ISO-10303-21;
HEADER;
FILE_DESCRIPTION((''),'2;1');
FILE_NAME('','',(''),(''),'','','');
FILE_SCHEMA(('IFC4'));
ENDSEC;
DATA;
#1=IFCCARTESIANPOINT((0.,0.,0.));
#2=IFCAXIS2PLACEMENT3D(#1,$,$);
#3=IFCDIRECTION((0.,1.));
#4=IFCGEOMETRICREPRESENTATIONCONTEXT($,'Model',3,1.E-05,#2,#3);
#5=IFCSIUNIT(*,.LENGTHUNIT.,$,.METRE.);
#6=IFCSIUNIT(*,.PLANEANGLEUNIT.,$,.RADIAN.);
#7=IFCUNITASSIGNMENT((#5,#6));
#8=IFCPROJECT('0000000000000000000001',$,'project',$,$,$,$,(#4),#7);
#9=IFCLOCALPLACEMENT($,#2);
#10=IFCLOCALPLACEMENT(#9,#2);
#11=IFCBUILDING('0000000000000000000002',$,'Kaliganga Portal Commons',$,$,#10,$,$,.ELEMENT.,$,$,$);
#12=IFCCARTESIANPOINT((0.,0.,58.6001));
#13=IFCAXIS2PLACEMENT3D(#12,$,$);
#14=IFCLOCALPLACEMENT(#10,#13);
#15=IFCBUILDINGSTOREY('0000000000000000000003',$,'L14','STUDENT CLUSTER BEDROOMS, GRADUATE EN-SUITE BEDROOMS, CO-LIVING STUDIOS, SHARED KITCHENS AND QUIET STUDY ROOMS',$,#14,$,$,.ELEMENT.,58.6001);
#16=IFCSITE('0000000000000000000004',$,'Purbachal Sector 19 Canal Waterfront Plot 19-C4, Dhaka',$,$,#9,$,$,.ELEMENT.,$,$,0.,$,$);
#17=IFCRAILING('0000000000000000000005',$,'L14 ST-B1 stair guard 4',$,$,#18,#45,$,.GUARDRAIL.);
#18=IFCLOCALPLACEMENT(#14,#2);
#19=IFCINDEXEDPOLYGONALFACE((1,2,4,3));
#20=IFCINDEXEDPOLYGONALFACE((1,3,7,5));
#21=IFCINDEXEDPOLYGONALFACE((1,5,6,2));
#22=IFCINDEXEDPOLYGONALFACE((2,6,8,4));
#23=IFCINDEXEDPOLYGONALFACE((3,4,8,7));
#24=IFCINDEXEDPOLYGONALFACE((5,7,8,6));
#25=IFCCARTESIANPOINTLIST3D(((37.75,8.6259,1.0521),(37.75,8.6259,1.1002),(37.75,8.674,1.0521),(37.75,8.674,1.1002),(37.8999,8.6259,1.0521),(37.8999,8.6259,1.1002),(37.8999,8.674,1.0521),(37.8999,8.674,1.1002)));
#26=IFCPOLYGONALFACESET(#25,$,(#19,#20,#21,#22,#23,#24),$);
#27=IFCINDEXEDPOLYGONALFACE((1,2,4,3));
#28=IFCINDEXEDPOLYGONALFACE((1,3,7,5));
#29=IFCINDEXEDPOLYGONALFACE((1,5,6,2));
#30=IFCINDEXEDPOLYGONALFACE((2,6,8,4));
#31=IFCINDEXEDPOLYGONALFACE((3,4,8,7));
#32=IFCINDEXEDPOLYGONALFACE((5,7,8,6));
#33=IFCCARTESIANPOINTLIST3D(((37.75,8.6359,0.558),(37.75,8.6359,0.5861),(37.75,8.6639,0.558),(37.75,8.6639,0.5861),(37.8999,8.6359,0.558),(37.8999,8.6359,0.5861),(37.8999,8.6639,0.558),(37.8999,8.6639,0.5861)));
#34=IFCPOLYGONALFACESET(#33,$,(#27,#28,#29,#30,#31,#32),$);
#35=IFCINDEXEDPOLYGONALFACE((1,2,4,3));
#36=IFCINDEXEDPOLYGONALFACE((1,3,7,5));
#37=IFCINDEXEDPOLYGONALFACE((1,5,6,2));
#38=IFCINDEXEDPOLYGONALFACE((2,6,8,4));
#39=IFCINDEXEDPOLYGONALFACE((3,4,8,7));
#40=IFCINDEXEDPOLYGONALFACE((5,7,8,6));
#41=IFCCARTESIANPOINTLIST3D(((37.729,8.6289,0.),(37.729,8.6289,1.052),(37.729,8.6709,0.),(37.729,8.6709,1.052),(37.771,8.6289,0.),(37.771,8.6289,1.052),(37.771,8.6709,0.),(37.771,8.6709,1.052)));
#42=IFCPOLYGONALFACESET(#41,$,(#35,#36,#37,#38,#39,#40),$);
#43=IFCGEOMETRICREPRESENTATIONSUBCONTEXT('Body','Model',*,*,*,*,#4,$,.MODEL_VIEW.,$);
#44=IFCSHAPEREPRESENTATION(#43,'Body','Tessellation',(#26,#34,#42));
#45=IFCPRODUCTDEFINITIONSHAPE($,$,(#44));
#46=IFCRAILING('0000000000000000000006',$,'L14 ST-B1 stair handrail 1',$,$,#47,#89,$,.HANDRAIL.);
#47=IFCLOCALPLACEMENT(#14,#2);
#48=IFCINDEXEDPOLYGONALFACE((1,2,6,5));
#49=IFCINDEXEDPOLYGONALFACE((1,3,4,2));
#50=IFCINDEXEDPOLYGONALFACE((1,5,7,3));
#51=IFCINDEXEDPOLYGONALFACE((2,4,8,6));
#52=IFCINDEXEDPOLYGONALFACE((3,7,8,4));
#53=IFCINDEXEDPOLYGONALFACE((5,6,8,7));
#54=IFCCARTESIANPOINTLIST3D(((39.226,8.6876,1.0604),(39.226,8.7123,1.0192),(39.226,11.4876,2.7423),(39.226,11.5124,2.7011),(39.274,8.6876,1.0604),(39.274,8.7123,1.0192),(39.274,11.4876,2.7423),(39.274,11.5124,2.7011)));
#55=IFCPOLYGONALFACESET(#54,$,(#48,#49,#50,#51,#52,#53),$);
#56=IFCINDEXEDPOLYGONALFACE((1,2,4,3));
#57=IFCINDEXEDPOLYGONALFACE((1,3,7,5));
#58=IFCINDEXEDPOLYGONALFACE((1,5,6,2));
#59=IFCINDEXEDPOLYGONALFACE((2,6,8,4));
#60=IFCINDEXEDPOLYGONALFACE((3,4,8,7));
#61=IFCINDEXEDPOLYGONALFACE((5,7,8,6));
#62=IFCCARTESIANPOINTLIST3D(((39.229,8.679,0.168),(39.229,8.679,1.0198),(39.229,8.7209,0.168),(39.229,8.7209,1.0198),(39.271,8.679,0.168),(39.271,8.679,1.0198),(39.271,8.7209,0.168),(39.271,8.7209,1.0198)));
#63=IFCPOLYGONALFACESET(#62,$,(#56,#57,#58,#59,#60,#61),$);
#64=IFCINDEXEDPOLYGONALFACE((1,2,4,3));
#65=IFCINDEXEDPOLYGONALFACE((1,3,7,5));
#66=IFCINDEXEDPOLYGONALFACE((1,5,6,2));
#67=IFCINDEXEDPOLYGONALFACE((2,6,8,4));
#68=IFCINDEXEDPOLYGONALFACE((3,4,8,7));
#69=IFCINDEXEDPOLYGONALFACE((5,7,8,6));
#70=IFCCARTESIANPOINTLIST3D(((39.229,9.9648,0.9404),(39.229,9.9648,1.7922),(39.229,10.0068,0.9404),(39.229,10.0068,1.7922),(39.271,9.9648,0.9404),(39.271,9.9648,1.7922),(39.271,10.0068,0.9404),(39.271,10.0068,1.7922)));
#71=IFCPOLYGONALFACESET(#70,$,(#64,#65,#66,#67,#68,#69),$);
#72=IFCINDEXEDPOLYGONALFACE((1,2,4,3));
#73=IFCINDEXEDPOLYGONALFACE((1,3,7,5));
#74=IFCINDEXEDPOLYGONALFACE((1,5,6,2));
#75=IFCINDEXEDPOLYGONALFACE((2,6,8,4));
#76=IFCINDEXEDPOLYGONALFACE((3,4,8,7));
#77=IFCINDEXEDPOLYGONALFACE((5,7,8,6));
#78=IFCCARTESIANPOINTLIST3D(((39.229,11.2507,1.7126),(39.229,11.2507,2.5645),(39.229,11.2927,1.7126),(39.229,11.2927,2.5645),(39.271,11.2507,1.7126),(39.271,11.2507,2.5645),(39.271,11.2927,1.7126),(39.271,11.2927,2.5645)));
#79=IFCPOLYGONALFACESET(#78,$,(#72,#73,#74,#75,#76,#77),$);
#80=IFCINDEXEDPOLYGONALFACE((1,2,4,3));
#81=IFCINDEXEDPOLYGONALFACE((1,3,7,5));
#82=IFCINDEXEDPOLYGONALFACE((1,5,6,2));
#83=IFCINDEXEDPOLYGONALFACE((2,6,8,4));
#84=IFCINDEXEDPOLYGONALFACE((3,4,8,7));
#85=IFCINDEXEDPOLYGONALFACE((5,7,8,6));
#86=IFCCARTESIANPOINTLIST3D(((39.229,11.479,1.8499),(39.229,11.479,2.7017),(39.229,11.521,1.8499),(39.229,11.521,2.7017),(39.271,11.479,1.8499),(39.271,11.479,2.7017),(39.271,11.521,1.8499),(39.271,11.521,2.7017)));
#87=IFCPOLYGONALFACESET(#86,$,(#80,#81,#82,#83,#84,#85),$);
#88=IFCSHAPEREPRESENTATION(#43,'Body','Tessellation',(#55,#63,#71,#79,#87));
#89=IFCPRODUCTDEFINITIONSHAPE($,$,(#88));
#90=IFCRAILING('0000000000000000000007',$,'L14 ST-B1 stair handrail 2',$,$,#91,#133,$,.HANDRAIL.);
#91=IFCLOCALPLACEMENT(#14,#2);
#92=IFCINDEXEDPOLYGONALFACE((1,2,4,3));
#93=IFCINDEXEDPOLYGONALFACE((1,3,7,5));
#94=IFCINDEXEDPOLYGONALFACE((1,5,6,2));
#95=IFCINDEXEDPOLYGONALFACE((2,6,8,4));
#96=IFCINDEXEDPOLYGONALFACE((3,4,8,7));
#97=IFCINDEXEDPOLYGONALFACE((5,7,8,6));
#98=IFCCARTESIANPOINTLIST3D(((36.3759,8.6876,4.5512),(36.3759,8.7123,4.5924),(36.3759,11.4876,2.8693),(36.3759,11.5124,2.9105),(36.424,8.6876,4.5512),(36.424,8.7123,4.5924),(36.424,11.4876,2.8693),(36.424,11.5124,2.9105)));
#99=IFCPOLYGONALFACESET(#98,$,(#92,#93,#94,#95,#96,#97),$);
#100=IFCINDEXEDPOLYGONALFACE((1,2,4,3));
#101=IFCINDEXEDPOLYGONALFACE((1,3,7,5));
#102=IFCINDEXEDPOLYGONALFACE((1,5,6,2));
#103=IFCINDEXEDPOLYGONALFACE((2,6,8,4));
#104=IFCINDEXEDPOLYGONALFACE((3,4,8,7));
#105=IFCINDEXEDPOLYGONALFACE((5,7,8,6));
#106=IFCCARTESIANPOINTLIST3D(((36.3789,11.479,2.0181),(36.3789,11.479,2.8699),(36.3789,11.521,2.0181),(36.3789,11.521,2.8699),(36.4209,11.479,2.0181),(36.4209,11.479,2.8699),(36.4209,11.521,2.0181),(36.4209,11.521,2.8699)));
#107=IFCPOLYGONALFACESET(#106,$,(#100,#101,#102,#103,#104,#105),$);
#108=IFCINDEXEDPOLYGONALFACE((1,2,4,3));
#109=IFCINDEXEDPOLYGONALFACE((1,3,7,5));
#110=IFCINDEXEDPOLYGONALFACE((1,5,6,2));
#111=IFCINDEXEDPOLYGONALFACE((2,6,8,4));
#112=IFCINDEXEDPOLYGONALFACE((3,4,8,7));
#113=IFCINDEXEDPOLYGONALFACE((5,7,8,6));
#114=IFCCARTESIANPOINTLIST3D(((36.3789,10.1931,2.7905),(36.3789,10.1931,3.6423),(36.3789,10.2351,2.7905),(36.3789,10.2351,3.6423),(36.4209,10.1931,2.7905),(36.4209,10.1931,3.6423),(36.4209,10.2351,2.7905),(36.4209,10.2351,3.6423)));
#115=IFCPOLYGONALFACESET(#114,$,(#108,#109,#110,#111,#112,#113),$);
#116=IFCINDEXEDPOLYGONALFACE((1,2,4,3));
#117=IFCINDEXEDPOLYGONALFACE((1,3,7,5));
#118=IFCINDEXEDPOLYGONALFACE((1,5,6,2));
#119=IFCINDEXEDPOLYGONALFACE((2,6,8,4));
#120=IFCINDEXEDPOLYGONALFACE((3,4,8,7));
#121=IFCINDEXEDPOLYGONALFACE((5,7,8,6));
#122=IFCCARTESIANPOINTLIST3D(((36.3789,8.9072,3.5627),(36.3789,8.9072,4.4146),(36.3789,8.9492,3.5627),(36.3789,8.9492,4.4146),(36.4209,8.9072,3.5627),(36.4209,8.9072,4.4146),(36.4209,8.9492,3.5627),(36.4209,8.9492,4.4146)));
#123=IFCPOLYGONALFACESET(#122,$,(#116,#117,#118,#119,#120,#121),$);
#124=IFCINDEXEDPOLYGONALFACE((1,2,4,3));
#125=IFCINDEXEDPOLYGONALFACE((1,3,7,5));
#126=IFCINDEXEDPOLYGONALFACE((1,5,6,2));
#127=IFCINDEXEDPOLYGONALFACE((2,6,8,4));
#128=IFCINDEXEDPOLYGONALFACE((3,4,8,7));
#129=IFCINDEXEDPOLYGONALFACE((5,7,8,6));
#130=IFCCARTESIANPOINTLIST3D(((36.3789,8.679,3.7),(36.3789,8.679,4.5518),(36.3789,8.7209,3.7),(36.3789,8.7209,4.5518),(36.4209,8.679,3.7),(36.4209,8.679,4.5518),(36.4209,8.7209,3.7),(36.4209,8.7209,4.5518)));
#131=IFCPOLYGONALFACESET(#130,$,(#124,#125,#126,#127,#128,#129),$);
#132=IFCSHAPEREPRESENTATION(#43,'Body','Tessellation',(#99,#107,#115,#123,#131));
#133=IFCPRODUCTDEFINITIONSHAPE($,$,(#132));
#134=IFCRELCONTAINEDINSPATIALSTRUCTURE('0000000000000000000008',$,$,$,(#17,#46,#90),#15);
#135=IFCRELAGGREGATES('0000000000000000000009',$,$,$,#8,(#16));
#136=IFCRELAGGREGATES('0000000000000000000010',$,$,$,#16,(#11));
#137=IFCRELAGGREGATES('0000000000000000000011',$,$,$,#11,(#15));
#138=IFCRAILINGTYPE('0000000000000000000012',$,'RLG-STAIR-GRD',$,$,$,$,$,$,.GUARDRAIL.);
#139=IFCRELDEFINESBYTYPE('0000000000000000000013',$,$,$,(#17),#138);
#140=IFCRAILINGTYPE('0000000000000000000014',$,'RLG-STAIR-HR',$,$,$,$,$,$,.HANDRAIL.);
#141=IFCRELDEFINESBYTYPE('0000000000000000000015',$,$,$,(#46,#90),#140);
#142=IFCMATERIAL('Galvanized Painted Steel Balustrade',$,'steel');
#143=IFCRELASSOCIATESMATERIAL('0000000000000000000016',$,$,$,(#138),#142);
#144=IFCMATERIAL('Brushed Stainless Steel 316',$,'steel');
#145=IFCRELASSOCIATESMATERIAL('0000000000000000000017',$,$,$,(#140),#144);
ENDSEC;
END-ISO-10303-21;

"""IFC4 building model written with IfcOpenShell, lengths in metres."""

from ifc_helpers import new_model, si_unit, direction, frame, origin, origin_2d, place, context, subcontext, project, spatial, rectangle, extrude, material, type_object, element, save


model = new_model("IFC4")

# Units and contexts
model_context = context("Model", 3, precision=1e-05, world=origin(), true_north=direction((0.0, 1.0)))
body_context = subcontext(model_context, "Body", "Model", "MODEL_VIEW")
ifc_project = project(units=[si_unit("LENGTHUNIT", "METRE"), si_unit("PLANEANGLEUNIT", "RADIAN")], contexts=[model_context])

# Site, building, storey
site_placement = place(None, origin())
site = spatial("IfcSite", under=ifc_project, at=site_placement, Name="Purbachal Sector 19 Canal Waterfront Plot 19-C4, Dhaka", CompositionType="ELEMENT", RefElevation=0.0)
building_placement = place(site_placement, origin())
building = spatial("IfcBuilding", under=site, at=building_placement, Name="Kaliganga Portal Commons", CompositionType="ELEMENT")
storey_placement = place(building_placement, frame((0.0, 0.0, 58.6001)))
storey = spatial("IfcBuildingStorey", under=building, at=storey_placement, Name="L14", Description="STUDENT CLUSTER BEDROOMS, GRADUATE EN-SUITE BEDROOMS, CO-LIVING STUDIOS, SHARED KITCHENS AND QUIET STUDY ROOMS", CompositionType="ELEMENT", Elevation=58.6001)

# Railings
ifc_material_1 = material(Name="Galvanized Painted Steel Balustrade", Category="steel")
railing_type_1 = type_object("IfcRailingType", Name="RLG-STAIR-GRD", PredefinedType="GUARDRAIL", material=ifc_material_1)
railing_1_placement = place(storey_placement, frame((37.8999, 8.6499, 0.0)))
element("IfcRailing", 1, at=railing_1_placement, inside=storey, type_object=railing_type_1, Name="L14 ST-B1 stair guard 4", PredefinedType="GUARDRAIL", context=body_context, shape_type="SweptSolid", body=[
    extrude(rectangle(XDim=0.0481, YDim=0.0481, at=origin_2d()), frame((0.0, 0.0, 1.0762), z_axis=(-1.0, 0.0, 0.0), x_axis=(0.0, -1.0, 0.0)), (0.0, 0.0, 1.0), 0.1499),
    extrude(rectangle(XDim=0.0281, YDim=0.0281, at=origin_2d()), frame((0.0, 0.0, 0.572), z_axis=(-1.0, 0.0, 0.0), x_axis=(0.0, -1.0, 0.0)), (0.0, 0.0, 1.0), 0.1499),
    extrude(rectangle(XDim=0.042, YDim=0.042, at=origin_2d()), frame((-0.1499, 0.0, 0.0)), (0.0, 0.0, 1.0), 1.052),
])
ifc_material_2 = material(Name="Brushed Stainless Steel 316", Category="steel")
railing_type_2 = type_object("IfcRailingType", Name="RLG-STAIR-HR", PredefinedType="HANDRAIL", material=ifc_material_2)
railing_2_placement = place(storey_placement, frame((39.25, 8.7, 0.168)))
element("IfcRailing", 2, at=railing_2_placement, inside=storey, type_object=railing_type_2, Name="L14 ST-B1 stair handrail 1", PredefinedType="HANDRAIL", context=body_context, shape_type="SweptSolid", body=[
    extrude(rectangle(XDim=0.0481, YDim=0.0481, at=origin_2d()), frame((0.0, 0.0, 0.8718), z_axis=(0.0, 0.857242, 0.514913), x_axis=(-1.0, 0.0, 0.0)), (0.0, 0.0, 1.0), 3.2664),
    extrude(rectangle(XDim=0.042, YDim=0.042, at=origin_2d()), origin(), (0.0, 0.0, 1.0), 0.8518),
    extrude(rectangle(XDim=0.042, YDim=0.042, at=origin_2d()), frame((0.0, 1.2859, 0.7725)), (0.0, 0.0, 1.0), 0.8518),
    extrude(rectangle(XDim=0.042, YDim=0.042, at=origin_2d()), frame((0.0, 2.5718, 1.5447)), (0.0, 0.0, 1.0), 0.8518),
    extrude(rectangle(XDim=0.042, YDim=0.042, at=origin_2d()), frame((0.0, 2.8, 1.6819)), (0.0, 0.0, 1.0), 0.8518),
])
railing_3_placement = place(storey_placement, frame((36.3999, 11.5, 2.0181)))
element("IfcRailing", 3, at=railing_3_placement, inside=storey, type_object=railing_type_2, Name="L14 ST-B1 stair handrail 2", PredefinedType="HANDRAIL", context=body_context, shape_type="SweptSolid", body=[
    extrude(rectangle(XDim=0.0481, YDim=0.0481, at=origin_2d()), frame((0.0, 0.0, 0.8718), z_axis=(0.0, -0.857242, 0.514913), x_axis=(1.0, 0.0, 0.0)), (0.0, 0.0, 1.0), 3.2664),
    extrude(rectangle(XDim=0.042, YDim=0.042, at=origin_2d()), origin(), (0.0, 0.0, 1.0), 0.8518),
    extrude(rectangle(XDim=0.042, YDim=0.042, at=origin_2d()), frame((0.0, -1.2859, 0.7725)), (0.0, 0.0, 1.0), 0.8518),
    extrude(rectangle(XDim=0.042, YDim=0.042, at=origin_2d()), frame((0.0, -2.5718, 1.5447)), (0.0, 0.0, 1.0), 0.8518),
    extrude(rectangle(XDim=0.042, YDim=0.042, at=origin_2d()), frame((0.0, -2.8, 1.6819)), (0.0, 0.0, 1.0), 0.8518),
])

save(model, "model.ifc")
